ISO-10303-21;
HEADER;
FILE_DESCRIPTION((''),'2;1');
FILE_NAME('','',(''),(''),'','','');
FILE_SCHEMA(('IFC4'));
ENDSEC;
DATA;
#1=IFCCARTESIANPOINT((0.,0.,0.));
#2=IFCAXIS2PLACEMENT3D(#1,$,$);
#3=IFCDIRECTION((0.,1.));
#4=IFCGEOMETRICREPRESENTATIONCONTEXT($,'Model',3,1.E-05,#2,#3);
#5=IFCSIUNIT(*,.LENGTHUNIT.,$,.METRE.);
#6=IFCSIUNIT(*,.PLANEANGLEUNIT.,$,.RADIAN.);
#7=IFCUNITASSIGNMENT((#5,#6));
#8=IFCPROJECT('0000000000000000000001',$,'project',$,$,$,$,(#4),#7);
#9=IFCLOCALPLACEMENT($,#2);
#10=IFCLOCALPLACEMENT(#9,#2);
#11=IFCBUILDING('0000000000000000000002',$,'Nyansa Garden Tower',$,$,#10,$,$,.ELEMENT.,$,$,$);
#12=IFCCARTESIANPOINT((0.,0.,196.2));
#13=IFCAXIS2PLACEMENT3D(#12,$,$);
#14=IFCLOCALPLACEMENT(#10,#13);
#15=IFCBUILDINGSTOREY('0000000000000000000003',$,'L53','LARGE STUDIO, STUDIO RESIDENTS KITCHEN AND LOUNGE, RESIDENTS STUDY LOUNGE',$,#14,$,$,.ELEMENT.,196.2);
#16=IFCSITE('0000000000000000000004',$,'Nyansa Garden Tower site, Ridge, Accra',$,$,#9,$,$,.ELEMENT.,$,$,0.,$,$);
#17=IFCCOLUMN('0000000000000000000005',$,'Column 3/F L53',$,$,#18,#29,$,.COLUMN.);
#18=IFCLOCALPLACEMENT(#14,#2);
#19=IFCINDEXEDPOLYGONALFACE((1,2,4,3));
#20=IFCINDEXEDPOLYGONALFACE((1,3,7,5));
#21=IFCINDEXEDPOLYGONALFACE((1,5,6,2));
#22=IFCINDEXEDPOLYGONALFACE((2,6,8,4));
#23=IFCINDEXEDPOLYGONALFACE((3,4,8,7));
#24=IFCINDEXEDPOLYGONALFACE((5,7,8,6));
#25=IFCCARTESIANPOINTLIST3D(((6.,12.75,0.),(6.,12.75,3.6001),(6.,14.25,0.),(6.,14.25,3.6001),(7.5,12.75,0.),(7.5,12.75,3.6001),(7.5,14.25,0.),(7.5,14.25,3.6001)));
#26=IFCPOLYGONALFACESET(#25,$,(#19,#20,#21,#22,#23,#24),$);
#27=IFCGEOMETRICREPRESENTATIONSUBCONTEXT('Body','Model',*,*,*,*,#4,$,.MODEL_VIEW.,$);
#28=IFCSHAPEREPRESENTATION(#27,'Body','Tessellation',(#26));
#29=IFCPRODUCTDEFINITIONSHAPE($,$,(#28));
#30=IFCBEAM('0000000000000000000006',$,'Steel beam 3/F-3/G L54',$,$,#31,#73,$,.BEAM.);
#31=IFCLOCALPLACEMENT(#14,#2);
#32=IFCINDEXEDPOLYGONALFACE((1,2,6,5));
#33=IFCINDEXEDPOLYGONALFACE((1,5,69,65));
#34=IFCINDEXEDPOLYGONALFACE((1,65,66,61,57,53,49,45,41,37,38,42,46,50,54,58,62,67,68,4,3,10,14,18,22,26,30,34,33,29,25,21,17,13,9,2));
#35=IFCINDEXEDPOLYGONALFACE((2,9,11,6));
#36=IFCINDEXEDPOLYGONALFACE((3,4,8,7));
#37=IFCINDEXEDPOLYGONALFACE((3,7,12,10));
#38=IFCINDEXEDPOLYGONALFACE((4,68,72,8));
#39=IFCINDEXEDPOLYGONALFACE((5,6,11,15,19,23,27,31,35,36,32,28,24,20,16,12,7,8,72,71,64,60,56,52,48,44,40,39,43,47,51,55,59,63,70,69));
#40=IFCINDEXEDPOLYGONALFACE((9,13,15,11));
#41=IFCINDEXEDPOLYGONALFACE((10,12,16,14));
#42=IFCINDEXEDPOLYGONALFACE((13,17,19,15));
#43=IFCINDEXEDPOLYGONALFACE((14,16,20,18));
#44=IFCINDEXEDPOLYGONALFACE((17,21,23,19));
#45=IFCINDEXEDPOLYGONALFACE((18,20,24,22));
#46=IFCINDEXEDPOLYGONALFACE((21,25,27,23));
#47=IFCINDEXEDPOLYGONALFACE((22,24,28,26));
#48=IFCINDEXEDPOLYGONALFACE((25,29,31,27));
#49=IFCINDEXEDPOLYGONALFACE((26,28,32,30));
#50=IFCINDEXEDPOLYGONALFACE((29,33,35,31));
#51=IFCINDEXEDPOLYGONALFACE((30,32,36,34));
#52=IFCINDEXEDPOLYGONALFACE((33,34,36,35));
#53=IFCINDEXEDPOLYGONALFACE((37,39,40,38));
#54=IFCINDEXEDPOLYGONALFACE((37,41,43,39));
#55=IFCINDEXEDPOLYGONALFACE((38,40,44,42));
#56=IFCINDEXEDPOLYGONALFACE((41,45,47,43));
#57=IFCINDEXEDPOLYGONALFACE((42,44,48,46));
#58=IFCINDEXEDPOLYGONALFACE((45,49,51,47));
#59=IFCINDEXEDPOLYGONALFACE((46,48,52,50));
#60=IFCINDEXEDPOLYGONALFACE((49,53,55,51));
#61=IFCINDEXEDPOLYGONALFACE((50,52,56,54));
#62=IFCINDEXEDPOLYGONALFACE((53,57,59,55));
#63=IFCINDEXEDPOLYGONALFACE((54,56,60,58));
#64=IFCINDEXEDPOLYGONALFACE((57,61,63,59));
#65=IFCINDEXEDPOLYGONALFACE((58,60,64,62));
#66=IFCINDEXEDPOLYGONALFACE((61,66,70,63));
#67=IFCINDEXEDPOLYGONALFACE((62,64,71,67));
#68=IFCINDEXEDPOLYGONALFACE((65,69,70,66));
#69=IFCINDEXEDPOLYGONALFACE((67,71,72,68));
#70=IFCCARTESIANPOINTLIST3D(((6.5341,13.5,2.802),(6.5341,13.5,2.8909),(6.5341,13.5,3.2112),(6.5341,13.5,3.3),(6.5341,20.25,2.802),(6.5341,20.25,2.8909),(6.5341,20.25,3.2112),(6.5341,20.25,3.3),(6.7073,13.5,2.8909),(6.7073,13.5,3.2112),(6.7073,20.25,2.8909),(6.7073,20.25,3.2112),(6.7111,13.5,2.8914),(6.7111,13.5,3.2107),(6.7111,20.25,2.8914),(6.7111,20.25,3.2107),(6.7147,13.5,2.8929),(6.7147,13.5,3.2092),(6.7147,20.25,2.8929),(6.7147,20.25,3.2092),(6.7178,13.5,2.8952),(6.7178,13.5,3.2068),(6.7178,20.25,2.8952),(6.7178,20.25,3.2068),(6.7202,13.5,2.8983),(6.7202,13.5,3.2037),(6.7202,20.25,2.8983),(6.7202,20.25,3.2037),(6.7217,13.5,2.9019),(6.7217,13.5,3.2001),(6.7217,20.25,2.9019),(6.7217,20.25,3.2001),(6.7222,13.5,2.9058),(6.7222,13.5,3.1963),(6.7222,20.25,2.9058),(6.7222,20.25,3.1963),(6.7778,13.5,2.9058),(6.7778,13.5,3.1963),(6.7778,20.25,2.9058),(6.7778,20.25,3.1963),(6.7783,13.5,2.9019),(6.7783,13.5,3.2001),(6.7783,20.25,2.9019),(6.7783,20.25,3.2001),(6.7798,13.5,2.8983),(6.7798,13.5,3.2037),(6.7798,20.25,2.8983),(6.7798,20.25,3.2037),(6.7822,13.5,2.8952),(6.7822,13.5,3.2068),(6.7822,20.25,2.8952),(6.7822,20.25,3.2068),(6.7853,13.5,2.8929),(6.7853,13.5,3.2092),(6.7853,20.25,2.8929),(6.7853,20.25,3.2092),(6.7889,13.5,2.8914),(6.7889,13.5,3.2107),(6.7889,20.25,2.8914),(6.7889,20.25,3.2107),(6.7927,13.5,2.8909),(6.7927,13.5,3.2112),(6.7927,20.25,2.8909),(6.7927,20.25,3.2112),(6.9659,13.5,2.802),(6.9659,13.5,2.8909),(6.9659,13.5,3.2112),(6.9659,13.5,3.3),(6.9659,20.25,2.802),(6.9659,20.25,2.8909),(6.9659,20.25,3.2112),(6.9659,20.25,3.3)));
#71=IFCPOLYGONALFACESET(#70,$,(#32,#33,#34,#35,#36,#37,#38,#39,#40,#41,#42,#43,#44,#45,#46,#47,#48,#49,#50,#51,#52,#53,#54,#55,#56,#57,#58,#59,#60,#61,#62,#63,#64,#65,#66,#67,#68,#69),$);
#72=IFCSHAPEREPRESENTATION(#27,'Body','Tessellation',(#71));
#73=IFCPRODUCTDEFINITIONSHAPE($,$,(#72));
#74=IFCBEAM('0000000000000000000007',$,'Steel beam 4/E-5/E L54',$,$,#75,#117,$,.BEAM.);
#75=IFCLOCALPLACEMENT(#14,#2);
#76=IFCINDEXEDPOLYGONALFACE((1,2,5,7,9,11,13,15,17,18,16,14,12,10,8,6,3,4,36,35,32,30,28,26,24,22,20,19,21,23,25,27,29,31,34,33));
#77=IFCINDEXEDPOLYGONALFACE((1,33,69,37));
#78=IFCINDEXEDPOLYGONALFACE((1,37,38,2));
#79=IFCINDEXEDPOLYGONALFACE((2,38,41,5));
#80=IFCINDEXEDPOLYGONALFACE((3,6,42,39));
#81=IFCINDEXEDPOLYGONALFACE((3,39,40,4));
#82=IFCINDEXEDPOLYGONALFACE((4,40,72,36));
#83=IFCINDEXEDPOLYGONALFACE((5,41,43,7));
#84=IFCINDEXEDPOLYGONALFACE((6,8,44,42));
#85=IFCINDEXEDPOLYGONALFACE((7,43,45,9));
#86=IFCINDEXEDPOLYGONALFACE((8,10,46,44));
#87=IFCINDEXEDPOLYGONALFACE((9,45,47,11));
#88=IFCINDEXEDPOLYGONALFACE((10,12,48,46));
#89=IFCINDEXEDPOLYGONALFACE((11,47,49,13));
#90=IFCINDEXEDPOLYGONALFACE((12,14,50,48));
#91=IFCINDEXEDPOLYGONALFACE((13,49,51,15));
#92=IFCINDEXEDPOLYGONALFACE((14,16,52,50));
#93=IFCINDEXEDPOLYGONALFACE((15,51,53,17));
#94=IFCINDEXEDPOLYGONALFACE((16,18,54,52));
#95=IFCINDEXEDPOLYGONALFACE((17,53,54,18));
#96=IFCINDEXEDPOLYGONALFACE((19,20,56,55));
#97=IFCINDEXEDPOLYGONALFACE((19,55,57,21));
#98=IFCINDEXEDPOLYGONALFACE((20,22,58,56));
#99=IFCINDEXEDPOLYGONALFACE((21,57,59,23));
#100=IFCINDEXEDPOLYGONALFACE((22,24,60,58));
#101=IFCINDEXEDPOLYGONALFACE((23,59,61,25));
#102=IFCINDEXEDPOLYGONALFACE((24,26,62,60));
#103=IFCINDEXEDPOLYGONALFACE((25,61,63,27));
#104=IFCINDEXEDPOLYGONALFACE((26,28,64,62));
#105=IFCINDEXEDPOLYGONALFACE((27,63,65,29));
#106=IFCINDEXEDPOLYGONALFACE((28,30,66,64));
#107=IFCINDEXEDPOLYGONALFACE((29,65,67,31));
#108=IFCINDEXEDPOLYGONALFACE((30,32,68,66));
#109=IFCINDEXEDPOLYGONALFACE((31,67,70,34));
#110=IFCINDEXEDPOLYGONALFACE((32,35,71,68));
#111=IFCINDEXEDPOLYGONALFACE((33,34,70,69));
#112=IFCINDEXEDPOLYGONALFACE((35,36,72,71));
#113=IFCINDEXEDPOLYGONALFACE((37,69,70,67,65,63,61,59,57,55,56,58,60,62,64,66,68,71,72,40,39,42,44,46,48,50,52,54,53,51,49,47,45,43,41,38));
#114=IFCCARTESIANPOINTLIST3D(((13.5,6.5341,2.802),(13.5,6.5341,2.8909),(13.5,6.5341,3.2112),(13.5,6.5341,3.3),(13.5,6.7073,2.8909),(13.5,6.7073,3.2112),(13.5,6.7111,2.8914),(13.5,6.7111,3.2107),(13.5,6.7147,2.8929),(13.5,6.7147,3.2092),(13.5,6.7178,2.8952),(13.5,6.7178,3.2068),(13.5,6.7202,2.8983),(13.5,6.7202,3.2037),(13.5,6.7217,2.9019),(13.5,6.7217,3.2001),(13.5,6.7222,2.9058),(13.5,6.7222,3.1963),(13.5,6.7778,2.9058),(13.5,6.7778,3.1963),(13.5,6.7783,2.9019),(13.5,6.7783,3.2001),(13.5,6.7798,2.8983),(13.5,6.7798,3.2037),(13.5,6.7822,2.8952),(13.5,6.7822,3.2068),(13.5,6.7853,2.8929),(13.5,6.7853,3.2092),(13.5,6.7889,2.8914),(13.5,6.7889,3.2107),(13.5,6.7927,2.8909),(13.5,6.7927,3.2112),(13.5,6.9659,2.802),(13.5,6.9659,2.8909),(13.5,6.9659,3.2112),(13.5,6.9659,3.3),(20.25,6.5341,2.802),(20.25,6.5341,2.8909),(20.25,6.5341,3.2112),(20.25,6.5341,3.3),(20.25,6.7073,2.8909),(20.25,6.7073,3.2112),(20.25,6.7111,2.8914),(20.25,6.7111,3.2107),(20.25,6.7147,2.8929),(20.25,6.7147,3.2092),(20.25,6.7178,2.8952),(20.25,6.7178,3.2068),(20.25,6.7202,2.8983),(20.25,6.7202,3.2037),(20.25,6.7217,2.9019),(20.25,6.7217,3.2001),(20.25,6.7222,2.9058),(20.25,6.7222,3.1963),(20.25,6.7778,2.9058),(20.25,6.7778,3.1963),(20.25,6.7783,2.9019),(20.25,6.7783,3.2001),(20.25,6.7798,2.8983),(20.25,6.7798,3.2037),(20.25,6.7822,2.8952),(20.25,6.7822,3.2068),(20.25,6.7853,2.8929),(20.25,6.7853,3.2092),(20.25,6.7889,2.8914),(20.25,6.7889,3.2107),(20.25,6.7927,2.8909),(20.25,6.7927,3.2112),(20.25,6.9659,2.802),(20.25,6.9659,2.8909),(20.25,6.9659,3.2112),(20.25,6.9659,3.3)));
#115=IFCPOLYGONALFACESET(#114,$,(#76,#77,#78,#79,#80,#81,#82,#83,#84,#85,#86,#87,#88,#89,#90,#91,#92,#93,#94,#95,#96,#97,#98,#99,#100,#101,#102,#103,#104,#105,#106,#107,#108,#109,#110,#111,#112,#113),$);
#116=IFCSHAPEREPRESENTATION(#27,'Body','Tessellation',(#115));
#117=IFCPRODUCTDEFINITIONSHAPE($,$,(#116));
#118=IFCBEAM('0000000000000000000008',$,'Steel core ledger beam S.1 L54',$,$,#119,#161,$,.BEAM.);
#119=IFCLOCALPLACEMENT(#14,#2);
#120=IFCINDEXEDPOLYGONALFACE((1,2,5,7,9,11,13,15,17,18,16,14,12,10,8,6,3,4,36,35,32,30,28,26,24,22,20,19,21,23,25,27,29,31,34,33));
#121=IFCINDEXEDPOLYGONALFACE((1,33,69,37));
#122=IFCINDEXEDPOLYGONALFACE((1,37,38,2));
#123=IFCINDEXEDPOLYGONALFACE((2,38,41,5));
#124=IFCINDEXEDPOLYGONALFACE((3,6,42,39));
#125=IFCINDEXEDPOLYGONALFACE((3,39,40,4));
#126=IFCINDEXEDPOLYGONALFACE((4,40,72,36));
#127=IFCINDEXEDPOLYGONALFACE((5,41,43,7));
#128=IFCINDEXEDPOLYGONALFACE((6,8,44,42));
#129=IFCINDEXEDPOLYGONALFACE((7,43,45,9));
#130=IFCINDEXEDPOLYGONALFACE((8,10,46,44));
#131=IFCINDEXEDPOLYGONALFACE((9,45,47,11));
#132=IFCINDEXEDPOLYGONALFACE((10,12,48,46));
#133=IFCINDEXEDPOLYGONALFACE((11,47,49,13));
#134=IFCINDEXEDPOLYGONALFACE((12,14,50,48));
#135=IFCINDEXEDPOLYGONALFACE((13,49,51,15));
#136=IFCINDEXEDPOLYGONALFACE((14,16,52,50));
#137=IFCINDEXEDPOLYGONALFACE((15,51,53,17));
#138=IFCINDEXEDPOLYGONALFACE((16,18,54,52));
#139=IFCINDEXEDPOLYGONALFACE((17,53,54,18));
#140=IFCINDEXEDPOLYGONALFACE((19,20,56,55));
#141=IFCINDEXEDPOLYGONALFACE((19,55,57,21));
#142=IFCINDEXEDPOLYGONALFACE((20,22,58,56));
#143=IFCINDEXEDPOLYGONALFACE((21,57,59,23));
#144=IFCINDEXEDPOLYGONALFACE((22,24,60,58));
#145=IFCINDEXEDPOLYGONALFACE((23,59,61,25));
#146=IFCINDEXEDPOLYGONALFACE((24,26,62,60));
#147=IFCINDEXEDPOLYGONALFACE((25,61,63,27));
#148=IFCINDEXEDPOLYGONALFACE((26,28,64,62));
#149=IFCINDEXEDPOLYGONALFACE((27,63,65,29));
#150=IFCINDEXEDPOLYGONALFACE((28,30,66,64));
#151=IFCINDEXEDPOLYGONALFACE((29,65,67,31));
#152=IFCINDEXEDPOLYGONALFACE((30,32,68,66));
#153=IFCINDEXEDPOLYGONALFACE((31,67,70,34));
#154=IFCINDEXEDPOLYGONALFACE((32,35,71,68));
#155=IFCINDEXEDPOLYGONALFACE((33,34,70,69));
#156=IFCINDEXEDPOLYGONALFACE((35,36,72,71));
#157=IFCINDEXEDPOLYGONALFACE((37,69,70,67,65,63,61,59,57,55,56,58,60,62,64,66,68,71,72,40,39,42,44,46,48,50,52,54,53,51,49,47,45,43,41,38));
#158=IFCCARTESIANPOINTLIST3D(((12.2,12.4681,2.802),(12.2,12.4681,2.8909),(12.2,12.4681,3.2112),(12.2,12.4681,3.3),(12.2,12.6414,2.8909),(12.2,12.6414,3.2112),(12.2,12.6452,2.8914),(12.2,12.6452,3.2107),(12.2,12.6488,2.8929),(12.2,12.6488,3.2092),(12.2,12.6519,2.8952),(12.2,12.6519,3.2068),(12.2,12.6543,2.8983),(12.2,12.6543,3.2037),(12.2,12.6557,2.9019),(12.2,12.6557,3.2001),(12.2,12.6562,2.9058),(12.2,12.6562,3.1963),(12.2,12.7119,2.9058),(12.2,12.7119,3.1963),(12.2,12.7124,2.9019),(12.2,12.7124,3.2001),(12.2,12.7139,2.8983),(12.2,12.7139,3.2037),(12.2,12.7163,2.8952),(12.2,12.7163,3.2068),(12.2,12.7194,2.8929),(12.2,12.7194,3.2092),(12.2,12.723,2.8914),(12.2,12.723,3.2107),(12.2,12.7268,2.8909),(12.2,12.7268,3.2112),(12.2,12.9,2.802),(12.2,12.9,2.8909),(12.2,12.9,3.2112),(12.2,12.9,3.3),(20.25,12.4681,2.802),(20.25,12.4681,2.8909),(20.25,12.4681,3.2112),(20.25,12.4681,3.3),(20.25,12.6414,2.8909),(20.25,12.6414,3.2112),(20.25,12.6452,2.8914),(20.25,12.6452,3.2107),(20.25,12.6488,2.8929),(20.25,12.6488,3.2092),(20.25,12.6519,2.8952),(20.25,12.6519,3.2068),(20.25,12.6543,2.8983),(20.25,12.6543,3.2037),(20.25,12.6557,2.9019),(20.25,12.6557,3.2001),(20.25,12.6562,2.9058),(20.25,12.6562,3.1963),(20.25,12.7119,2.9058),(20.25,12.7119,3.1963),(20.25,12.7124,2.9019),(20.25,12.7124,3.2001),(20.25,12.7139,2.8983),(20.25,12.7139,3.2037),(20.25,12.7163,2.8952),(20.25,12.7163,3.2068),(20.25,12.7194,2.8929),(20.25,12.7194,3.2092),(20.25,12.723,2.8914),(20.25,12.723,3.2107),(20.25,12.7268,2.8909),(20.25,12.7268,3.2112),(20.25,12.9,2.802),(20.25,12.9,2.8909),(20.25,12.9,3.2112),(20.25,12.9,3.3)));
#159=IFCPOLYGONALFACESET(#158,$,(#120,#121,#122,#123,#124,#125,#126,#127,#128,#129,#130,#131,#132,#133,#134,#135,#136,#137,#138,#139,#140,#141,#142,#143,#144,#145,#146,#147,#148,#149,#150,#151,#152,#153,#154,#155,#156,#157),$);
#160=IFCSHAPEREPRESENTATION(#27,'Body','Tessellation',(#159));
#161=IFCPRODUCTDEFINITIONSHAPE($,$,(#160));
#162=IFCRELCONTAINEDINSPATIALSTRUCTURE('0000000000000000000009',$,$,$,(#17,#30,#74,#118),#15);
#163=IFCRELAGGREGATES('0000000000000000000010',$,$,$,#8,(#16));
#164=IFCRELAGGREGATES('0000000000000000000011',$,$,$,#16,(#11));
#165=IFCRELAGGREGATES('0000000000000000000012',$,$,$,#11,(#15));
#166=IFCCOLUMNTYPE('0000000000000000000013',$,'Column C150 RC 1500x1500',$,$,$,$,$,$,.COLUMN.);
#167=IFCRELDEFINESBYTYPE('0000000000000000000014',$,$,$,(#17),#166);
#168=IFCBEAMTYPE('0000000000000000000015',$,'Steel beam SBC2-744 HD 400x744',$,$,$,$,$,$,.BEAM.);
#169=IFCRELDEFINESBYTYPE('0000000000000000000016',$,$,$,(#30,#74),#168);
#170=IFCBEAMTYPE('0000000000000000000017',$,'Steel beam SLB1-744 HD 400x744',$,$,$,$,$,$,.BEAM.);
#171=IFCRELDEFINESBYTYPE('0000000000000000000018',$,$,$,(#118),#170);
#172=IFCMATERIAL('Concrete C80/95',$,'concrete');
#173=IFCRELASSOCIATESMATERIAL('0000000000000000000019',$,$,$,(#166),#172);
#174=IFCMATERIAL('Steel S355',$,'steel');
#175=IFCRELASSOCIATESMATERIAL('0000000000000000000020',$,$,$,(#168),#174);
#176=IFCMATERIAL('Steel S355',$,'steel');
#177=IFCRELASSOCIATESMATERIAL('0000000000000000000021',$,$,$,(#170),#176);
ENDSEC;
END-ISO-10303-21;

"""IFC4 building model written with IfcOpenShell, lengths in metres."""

from ifc_helpers import new_model, si_unit, direction, frame, origin, origin_2d, place, context, subcontext, project, spatial, rectangle, i_section, extrude, material, material_profile, profile_set, type_object, element, save


model = new_model("IFC4")

# Units and contexts
model_context = context("Model", 3, precision=1e-05, world=origin(), true_north=direction((0.0, 1.0)))
body_context = subcontext(model_context, "Body", "Model", "MODEL_VIEW")
ifc_project = project(units=[si_unit("LENGTHUNIT", "METRE"), si_unit("PLANEANGLEUNIT", "RADIAN")], contexts=[model_context])

# Site, building, storey
site_placement = place(None, origin())
site = spatial("IfcSite", under=ifc_project, at=site_placement, Name="Nyansa Garden Tower site, Ridge, Accra", CompositionType="ELEMENT", RefElevation=0.0)
building_placement = place(site_placement, origin())
building = spatial("IfcBuilding", under=site, at=building_placement, Name="Nyansa Garden Tower", CompositionType="ELEMENT")
storey_placement = place(building_placement, frame((0.0, 0.0, 196.2)))
storey = spatial("IfcBuildingStorey", under=building, at=storey_placement, Name="L53", Description="LARGE STUDIO, STUDIO RESIDENTS KITCHEN AND LOUNGE, RESIDENTS STUDY LOUNGE", CompositionType="ELEMENT", Elevation=196.2)

# Column
ifc_material_1 = material(Name="Concrete C80/95", Category="concrete")
ifc_material_profile_1 = material_profile(ifc_material_1, rectangle(XDim=1.5, YDim=1.5, at=origin_2d()), Name="RC 1500x1500")
ifc_profile_set_1 = profile_set([ifc_material_profile_1], Name="Concrete C80/95")
column_type = type_object("IfcColumnType", Name="Column C150 RC 1500x1500", PredefinedType="COLUMN", material=ifc_profile_set_1)
column_placement = place(storey_placement, frame((6.75, 13.5, 0.0), z_axis=(0.0, 0.0, 1.0), x_axis=(1.0, 0.0, 0.0)))
element("IfcColumn", 1, at=column_placement, inside=storey, type_object=column_type, Name="Column 3/F L53", PredefinedType="COLUMN", context=body_context, shape_type="SweptSolid", body=[
    extrude(rectangle(XDim=1.5, YDim=1.5, at=origin_2d()), origin(), (0.0, 0.0, 1.0), 3.6001),
])

# Beams
ifc_material_2 = material(Name="Steel S355", Category="steel")
ifc_material_profile_2 = material_profile(ifc_material_2, i_section(OverallWidth=0.4319, OverallDepth=0.498, WebThickness=0.0557, FlangeThickness=0.0889, FilletRadius=0.0149, at=origin_2d()), Name="HD 400x744")
ifc_profile_set_2 = profile_set([ifc_material_profile_2], Name="Steel S355")
beam_type_1 = type_object("IfcBeamType", Name="Steel beam SBC2-744 HD 400x744", PredefinedType="BEAM", material=ifc_profile_set_2)
for number, where, z_axis, x_axis, name in (
    (2, (6.75, 13.5, 3.051), (0.0, 1.0, 0.0), (-1.0, 0.0, 0.0), "Steel beam 3/F-3/G L54"),
    (3, (13.5, 6.75, 3.051), (1.0, 0.0, 0.0), (0.0, 1.0, 0.0), "Steel beam 4/E-5/E L54"),
):
    element("IfcBeam", number, at=place(storey_placement, frame(where, z_axis=z_axis, x_axis=x_axis)), inside=storey, type_object=beam_type_1, Name=name, PredefinedType="BEAM", context=body_context, shape_type="SweptSolid", body=[
        extrude(i_section(OverallWidth=0.4319, OverallDepth=0.498, WebThickness=0.0557, FlangeThickness=0.0889, FilletRadius=0.0149, at=origin_2d()), origin(), (0.0, 0.0, 1.0), 6.75),
    ])
ifc_material_3 = material(Name="Steel S355", Category="steel")
ifc_material_profile_3 = material_profile(ifc_material_3, i_section(OverallWidth=0.4319, OverallDepth=0.498, WebThickness=0.0557, FlangeThickness=0.0889, FilletRadius=0.0149, at=origin_2d()), Name="HD 400x744")
ifc_profile_set_3 = profile_set([ifc_material_profile_3], Name="Steel S355")
beam_type_2 = type_object("IfcBeamType", Name="Steel beam SLB1-744 HD 400x744", PredefinedType="BEAM", material=ifc_profile_set_3)
beam_1_placement = place(storey_placement, frame((12.2, 12.6841, 3.051), z_axis=(1.0, 0.0, 0.0), x_axis=(0.0, 1.0, 0.0)))
element("IfcBeam", 4, at=beam_1_placement, inside=storey, type_object=beam_type_2, Name="Steel core ledger beam S.1 L54", PredefinedType="BEAM", context=body_context, shape_type="SweptSolid", body=[
    extrude(i_section(OverallWidth=0.4319, OverallDepth=0.498, WebThickness=0.0557, FlangeThickness=0.0889, FilletRadius=0.0149, at=origin_2d()), origin(), (0.0, 0.0, 1.0), 8.05),
])

save(model, "model.ifc")
